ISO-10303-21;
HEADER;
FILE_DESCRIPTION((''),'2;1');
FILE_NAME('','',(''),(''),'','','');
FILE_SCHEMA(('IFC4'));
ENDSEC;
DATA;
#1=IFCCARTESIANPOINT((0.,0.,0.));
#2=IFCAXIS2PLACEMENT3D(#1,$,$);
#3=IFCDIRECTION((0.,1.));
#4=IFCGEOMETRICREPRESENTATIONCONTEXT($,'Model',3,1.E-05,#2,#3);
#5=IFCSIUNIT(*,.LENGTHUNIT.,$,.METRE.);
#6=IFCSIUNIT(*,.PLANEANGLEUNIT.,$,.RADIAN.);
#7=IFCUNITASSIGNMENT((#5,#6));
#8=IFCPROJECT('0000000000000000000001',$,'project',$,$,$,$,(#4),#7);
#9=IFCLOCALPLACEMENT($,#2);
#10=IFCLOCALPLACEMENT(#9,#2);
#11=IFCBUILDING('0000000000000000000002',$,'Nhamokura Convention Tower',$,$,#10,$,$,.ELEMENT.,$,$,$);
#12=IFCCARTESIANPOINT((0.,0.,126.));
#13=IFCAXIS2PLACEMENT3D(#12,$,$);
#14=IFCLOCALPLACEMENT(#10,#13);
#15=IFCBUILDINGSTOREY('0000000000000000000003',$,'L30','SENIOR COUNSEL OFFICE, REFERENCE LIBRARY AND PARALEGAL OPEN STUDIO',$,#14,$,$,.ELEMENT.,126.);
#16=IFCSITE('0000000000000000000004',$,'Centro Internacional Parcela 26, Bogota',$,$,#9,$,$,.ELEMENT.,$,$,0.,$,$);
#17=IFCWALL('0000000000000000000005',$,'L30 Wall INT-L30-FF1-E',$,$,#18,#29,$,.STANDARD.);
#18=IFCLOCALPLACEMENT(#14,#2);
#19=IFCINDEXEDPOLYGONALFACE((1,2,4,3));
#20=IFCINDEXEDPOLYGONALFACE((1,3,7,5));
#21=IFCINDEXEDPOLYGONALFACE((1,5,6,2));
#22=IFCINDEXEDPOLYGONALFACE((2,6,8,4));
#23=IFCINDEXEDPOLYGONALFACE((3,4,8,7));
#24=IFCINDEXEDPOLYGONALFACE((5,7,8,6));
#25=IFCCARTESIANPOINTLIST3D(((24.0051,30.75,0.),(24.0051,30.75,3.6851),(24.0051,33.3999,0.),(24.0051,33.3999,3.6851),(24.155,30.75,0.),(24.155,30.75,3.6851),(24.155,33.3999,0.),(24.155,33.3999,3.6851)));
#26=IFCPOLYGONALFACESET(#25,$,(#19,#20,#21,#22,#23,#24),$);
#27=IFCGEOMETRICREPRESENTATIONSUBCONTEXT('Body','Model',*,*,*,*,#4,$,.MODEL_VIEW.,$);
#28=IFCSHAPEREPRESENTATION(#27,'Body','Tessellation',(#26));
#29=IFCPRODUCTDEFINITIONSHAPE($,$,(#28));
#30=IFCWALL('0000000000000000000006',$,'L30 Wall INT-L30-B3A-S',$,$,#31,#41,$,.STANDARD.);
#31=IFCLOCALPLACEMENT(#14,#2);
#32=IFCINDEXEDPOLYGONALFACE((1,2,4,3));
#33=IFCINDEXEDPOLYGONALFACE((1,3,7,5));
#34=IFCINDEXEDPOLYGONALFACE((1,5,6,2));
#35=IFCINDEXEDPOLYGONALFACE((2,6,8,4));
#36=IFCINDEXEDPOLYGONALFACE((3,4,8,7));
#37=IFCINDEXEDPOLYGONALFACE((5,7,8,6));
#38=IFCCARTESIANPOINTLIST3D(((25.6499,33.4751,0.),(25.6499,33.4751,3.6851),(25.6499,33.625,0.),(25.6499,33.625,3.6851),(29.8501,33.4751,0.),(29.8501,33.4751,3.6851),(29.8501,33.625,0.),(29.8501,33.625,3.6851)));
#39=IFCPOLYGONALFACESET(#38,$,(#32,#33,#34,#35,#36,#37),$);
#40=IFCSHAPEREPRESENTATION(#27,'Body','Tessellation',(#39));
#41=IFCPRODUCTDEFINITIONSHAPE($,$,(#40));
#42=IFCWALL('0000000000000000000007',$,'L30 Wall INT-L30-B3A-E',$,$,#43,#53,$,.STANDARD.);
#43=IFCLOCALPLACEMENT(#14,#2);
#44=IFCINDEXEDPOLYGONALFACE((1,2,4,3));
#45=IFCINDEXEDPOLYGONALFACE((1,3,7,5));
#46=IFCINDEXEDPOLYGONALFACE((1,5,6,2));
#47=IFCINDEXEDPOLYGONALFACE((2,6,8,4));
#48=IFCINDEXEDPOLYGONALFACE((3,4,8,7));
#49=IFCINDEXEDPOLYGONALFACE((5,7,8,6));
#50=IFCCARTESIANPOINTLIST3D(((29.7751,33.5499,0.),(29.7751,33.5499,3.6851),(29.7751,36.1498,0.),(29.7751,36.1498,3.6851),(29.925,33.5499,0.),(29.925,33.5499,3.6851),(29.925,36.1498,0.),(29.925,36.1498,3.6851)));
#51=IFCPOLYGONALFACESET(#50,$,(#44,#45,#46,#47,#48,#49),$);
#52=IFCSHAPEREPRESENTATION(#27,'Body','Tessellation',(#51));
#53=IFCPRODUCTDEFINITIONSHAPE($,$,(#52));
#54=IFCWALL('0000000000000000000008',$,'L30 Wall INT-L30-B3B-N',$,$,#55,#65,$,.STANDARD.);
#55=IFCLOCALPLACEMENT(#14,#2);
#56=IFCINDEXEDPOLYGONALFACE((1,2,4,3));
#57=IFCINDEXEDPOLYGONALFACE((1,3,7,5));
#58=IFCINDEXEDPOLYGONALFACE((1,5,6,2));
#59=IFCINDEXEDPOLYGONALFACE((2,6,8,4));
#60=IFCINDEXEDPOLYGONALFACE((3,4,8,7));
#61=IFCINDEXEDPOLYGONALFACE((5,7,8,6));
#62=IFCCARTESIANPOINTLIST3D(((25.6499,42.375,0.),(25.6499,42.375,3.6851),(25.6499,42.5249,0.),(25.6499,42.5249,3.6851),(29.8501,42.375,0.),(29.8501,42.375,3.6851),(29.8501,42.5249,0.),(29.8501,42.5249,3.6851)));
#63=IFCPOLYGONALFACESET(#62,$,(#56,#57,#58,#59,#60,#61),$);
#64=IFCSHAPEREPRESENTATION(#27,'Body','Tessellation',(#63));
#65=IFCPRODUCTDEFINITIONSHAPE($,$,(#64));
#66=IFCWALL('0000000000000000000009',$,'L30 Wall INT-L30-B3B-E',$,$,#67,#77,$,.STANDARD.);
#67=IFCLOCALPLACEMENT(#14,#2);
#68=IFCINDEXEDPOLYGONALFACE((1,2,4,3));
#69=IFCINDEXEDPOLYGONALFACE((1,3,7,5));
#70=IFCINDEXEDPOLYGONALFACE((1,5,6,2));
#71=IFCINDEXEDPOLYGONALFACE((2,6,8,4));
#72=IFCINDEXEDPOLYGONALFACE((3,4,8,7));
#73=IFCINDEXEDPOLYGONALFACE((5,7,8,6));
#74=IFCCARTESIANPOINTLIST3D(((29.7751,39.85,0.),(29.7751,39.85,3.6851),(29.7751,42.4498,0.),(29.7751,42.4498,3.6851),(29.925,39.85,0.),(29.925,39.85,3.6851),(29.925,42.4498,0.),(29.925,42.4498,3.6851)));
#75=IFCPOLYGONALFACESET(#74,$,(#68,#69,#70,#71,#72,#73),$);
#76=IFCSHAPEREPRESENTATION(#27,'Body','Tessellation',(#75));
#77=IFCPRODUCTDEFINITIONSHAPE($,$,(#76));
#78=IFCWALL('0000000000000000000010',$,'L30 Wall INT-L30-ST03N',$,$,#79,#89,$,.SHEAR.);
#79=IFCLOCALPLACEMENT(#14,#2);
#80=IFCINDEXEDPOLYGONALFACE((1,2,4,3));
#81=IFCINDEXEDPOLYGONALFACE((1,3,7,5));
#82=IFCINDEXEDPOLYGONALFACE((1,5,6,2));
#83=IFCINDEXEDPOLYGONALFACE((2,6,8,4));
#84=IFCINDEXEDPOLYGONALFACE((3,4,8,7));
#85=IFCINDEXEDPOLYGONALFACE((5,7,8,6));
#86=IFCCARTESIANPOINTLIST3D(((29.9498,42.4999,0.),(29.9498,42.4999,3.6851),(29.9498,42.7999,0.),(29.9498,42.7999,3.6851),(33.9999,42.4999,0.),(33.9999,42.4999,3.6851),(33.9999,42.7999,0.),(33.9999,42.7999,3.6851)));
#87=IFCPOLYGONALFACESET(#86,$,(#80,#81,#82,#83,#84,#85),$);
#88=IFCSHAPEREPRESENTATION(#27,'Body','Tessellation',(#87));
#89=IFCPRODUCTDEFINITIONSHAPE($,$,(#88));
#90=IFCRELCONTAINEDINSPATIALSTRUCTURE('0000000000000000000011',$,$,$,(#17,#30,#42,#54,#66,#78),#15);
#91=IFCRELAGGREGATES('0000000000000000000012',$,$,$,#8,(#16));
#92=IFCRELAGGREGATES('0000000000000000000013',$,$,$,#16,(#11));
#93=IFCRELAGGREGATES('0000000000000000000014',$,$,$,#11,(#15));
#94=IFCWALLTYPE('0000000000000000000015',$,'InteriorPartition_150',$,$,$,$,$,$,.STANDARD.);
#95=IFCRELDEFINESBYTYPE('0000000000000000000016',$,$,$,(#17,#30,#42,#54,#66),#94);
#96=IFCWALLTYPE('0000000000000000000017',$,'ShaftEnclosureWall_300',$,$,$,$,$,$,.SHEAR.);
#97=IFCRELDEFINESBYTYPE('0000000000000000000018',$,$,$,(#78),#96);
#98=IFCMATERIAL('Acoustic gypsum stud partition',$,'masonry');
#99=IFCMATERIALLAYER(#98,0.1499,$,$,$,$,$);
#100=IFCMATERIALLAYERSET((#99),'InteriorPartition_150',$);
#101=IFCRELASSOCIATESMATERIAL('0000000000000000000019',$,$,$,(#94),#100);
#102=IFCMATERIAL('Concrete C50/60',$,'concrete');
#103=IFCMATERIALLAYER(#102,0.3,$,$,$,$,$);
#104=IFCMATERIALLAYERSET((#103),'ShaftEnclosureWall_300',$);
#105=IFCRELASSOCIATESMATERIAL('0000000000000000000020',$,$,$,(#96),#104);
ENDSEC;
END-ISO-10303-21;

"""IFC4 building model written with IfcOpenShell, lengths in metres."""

from ifc_helpers import new_model, si_unit, direction, frame, frame_2d, origin, place, context, subcontext, project, spatial, rectangle, extrude, material, layer, layer_set, type_object, element, save


model = new_model("IFC4")

# Units and contexts
model_context = context("Model", 3, precision=1e-05, world=origin(), true_north=direction((0.0, 1.0)))
body_context = subcontext(model_context, "Body", "Model", "MODEL_VIEW")
ifc_project = project(units=[si_unit("LENGTHUNIT", "METRE"), si_unit("PLANEANGLEUNIT", "RADIAN")], contexts=[model_context])

# Site, building, storey
site_placement = place(None, origin())
site = spatial("IfcSite", under=ifc_project, at=site_placement, Name="Centro Internacional Parcela 26, Bogota", CompositionType="ELEMENT", RefElevation=0.0)
building_placement = place(site_placement, origin())
building = spatial("IfcBuilding", under=site, at=building_placement, Name="Nhamokura Convention Tower", CompositionType="ELEMENT")
storey_placement = place(building_placement, frame((0.0, 0.0, 126.0)))
storey = spatial("IfcBuildingStorey", under=building, at=storey_placement, Name="L30", Description="SENIOR COUNSEL OFFICE, REFERENCE LIBRARY AND PARALEGAL OPEN STUDIO", CompositionType="ELEMENT", Elevation=126.0)

# Walls
ifc_material_1 = material(Name="Acoustic gypsum stud partition", Category="masonry")
ifc_layer_1 = layer(ifc_material_1, 0.1499)
ifc_layer_set_1 = layer_set([ifc_layer_1], Name="InteriorPartition_150")
wall_type_1 = type_object("IfcWallType", Name="InteriorPartition_150", PredefinedType="STANDARD", material=ifc_layer_set_1)
wall_1_placement = place(storey_placement, frame((24.0801, 30.75, 0.0), z_axis=(0.0, 0.0, 1.0), x_axis=(0.0, 1.0, 0.0)))
element("IfcWall", 1, at=wall_1_placement, inside=storey, type_object=wall_type_1, Name="L30 Wall INT-L30-FF1-E", PredefinedType="STANDARD", context=body_context, shape_type="SweptSolid", body=[
    extrude(rectangle(XDim=2.6499, YDim=0.1499, at=frame_2d((1.325, 0.0))), origin(), (0.0, 0.0, 1.0), 3.6851),
])
wall_2_placement = place(storey_placement, frame((25.6499, 33.55, 0.0), z_axis=(0.0, 0.0, 1.0), x_axis=(1.0, 0.0, 0.0)))
element("IfcWall", 2, at=wall_2_placement, inside=storey, type_object=wall_type_1, Name="L30 Wall INT-L30-B3A-S", PredefinedType="STANDARD", context=body_context, shape_type="SweptSolid", body=[
    extrude(rectangle(XDim=4.2002, YDim=0.1499, at=frame_2d((2.1001, 0.0))), origin(), (0.0, 0.0, 1.0), 3.6851),
])
wall_3_placement = place(storey_placement, frame((29.8501, 33.55, 0.0), z_axis=(0.0, 0.0, 1.0), x_axis=(0.0, 1.0, 0.0)))
element("IfcWall", 3, at=wall_3_placement, inside=storey, type_object=wall_type_1, Name="L30 Wall INT-L30-B3A-E", PredefinedType="STANDARD", context=body_context, shape_type="SweptSolid", body=[
    extrude(rectangle(XDim=2.5999, YDim=0.1499, at=frame_2d((1.2998, 0.0))), origin(), (0.0, 0.0, 1.0), 3.6851),
])
wall_4_placement = place(storey_placement, frame((25.6499, 42.45, 0.0), z_axis=(0.0, 0.0, 1.0), x_axis=(1.0, 0.0, 0.0)))
element("IfcWall", 4, at=wall_4_placement, inside=storey, type_object=wall_type_1, Name="L30 Wall INT-L30-B3B-N", PredefinedType="STANDARD", context=body_context, shape_type="SweptSolid", body=[
    extrude(rectangle(XDim=4.2002, YDim=0.1499, at=frame_2d((2.1001, 0.0))), origin(), (0.0, 0.0, 1.0), 3.6851),
])
wall_5_placement = place(storey_placement, frame((29.8501, 39.8501, 0.0), z_axis=(0.0, 0.0, 1.0), x_axis=(0.0, 1.0, 0.0)))
element("IfcWall", 5, at=wall_5_placement, inside=storey, type_object=wall_type_1, Name="L30 Wall INT-L30-B3B-E", PredefinedType="STANDARD", context=body_context, shape_type="SweptSolid", body=[
    extrude(rectangle(XDim=2.5999, YDim=0.1499, at=frame_2d((1.2998, 0.0))), origin(), (0.0, 0.0, 1.0), 3.6851),
])

# Shared definitions
ifc_material_2 = material(Name="Concrete C50/60", Category="concrete")
ifc_layer_2 = layer(ifc_material_2, 0.3)
ifc_layer_set_2 = layer_set([ifc_layer_2], Name="ShaftEnclosureWall_300")
wall_type_2 = type_object("IfcWallType", Name="ShaftEnclosureWall_300", PredefinedType="SHEAR", material=ifc_layer_set_2)

# Wall
wall_6_placement = place(storey_placement, frame((29.95, 42.6499, 0.0), z_axis=(0.0, 0.0, 1.0), x_axis=(1.0, 0.0, 0.0)))
element("IfcWall", 6, at=wall_6_placement, inside=storey, type_object=wall_type_2, Name="L30 Wall INT-L30-ST03N", PredefinedType="SHEAR", context=body_context, shape_type="SweptSolid", body=[
    extrude(rectangle(XDim=4.05, YDim=0.3, at=frame_2d((2.0249, 0.0))), origin(), (0.0, 0.0, 1.0), 3.6851),
])

save(model, "model.ifc")
